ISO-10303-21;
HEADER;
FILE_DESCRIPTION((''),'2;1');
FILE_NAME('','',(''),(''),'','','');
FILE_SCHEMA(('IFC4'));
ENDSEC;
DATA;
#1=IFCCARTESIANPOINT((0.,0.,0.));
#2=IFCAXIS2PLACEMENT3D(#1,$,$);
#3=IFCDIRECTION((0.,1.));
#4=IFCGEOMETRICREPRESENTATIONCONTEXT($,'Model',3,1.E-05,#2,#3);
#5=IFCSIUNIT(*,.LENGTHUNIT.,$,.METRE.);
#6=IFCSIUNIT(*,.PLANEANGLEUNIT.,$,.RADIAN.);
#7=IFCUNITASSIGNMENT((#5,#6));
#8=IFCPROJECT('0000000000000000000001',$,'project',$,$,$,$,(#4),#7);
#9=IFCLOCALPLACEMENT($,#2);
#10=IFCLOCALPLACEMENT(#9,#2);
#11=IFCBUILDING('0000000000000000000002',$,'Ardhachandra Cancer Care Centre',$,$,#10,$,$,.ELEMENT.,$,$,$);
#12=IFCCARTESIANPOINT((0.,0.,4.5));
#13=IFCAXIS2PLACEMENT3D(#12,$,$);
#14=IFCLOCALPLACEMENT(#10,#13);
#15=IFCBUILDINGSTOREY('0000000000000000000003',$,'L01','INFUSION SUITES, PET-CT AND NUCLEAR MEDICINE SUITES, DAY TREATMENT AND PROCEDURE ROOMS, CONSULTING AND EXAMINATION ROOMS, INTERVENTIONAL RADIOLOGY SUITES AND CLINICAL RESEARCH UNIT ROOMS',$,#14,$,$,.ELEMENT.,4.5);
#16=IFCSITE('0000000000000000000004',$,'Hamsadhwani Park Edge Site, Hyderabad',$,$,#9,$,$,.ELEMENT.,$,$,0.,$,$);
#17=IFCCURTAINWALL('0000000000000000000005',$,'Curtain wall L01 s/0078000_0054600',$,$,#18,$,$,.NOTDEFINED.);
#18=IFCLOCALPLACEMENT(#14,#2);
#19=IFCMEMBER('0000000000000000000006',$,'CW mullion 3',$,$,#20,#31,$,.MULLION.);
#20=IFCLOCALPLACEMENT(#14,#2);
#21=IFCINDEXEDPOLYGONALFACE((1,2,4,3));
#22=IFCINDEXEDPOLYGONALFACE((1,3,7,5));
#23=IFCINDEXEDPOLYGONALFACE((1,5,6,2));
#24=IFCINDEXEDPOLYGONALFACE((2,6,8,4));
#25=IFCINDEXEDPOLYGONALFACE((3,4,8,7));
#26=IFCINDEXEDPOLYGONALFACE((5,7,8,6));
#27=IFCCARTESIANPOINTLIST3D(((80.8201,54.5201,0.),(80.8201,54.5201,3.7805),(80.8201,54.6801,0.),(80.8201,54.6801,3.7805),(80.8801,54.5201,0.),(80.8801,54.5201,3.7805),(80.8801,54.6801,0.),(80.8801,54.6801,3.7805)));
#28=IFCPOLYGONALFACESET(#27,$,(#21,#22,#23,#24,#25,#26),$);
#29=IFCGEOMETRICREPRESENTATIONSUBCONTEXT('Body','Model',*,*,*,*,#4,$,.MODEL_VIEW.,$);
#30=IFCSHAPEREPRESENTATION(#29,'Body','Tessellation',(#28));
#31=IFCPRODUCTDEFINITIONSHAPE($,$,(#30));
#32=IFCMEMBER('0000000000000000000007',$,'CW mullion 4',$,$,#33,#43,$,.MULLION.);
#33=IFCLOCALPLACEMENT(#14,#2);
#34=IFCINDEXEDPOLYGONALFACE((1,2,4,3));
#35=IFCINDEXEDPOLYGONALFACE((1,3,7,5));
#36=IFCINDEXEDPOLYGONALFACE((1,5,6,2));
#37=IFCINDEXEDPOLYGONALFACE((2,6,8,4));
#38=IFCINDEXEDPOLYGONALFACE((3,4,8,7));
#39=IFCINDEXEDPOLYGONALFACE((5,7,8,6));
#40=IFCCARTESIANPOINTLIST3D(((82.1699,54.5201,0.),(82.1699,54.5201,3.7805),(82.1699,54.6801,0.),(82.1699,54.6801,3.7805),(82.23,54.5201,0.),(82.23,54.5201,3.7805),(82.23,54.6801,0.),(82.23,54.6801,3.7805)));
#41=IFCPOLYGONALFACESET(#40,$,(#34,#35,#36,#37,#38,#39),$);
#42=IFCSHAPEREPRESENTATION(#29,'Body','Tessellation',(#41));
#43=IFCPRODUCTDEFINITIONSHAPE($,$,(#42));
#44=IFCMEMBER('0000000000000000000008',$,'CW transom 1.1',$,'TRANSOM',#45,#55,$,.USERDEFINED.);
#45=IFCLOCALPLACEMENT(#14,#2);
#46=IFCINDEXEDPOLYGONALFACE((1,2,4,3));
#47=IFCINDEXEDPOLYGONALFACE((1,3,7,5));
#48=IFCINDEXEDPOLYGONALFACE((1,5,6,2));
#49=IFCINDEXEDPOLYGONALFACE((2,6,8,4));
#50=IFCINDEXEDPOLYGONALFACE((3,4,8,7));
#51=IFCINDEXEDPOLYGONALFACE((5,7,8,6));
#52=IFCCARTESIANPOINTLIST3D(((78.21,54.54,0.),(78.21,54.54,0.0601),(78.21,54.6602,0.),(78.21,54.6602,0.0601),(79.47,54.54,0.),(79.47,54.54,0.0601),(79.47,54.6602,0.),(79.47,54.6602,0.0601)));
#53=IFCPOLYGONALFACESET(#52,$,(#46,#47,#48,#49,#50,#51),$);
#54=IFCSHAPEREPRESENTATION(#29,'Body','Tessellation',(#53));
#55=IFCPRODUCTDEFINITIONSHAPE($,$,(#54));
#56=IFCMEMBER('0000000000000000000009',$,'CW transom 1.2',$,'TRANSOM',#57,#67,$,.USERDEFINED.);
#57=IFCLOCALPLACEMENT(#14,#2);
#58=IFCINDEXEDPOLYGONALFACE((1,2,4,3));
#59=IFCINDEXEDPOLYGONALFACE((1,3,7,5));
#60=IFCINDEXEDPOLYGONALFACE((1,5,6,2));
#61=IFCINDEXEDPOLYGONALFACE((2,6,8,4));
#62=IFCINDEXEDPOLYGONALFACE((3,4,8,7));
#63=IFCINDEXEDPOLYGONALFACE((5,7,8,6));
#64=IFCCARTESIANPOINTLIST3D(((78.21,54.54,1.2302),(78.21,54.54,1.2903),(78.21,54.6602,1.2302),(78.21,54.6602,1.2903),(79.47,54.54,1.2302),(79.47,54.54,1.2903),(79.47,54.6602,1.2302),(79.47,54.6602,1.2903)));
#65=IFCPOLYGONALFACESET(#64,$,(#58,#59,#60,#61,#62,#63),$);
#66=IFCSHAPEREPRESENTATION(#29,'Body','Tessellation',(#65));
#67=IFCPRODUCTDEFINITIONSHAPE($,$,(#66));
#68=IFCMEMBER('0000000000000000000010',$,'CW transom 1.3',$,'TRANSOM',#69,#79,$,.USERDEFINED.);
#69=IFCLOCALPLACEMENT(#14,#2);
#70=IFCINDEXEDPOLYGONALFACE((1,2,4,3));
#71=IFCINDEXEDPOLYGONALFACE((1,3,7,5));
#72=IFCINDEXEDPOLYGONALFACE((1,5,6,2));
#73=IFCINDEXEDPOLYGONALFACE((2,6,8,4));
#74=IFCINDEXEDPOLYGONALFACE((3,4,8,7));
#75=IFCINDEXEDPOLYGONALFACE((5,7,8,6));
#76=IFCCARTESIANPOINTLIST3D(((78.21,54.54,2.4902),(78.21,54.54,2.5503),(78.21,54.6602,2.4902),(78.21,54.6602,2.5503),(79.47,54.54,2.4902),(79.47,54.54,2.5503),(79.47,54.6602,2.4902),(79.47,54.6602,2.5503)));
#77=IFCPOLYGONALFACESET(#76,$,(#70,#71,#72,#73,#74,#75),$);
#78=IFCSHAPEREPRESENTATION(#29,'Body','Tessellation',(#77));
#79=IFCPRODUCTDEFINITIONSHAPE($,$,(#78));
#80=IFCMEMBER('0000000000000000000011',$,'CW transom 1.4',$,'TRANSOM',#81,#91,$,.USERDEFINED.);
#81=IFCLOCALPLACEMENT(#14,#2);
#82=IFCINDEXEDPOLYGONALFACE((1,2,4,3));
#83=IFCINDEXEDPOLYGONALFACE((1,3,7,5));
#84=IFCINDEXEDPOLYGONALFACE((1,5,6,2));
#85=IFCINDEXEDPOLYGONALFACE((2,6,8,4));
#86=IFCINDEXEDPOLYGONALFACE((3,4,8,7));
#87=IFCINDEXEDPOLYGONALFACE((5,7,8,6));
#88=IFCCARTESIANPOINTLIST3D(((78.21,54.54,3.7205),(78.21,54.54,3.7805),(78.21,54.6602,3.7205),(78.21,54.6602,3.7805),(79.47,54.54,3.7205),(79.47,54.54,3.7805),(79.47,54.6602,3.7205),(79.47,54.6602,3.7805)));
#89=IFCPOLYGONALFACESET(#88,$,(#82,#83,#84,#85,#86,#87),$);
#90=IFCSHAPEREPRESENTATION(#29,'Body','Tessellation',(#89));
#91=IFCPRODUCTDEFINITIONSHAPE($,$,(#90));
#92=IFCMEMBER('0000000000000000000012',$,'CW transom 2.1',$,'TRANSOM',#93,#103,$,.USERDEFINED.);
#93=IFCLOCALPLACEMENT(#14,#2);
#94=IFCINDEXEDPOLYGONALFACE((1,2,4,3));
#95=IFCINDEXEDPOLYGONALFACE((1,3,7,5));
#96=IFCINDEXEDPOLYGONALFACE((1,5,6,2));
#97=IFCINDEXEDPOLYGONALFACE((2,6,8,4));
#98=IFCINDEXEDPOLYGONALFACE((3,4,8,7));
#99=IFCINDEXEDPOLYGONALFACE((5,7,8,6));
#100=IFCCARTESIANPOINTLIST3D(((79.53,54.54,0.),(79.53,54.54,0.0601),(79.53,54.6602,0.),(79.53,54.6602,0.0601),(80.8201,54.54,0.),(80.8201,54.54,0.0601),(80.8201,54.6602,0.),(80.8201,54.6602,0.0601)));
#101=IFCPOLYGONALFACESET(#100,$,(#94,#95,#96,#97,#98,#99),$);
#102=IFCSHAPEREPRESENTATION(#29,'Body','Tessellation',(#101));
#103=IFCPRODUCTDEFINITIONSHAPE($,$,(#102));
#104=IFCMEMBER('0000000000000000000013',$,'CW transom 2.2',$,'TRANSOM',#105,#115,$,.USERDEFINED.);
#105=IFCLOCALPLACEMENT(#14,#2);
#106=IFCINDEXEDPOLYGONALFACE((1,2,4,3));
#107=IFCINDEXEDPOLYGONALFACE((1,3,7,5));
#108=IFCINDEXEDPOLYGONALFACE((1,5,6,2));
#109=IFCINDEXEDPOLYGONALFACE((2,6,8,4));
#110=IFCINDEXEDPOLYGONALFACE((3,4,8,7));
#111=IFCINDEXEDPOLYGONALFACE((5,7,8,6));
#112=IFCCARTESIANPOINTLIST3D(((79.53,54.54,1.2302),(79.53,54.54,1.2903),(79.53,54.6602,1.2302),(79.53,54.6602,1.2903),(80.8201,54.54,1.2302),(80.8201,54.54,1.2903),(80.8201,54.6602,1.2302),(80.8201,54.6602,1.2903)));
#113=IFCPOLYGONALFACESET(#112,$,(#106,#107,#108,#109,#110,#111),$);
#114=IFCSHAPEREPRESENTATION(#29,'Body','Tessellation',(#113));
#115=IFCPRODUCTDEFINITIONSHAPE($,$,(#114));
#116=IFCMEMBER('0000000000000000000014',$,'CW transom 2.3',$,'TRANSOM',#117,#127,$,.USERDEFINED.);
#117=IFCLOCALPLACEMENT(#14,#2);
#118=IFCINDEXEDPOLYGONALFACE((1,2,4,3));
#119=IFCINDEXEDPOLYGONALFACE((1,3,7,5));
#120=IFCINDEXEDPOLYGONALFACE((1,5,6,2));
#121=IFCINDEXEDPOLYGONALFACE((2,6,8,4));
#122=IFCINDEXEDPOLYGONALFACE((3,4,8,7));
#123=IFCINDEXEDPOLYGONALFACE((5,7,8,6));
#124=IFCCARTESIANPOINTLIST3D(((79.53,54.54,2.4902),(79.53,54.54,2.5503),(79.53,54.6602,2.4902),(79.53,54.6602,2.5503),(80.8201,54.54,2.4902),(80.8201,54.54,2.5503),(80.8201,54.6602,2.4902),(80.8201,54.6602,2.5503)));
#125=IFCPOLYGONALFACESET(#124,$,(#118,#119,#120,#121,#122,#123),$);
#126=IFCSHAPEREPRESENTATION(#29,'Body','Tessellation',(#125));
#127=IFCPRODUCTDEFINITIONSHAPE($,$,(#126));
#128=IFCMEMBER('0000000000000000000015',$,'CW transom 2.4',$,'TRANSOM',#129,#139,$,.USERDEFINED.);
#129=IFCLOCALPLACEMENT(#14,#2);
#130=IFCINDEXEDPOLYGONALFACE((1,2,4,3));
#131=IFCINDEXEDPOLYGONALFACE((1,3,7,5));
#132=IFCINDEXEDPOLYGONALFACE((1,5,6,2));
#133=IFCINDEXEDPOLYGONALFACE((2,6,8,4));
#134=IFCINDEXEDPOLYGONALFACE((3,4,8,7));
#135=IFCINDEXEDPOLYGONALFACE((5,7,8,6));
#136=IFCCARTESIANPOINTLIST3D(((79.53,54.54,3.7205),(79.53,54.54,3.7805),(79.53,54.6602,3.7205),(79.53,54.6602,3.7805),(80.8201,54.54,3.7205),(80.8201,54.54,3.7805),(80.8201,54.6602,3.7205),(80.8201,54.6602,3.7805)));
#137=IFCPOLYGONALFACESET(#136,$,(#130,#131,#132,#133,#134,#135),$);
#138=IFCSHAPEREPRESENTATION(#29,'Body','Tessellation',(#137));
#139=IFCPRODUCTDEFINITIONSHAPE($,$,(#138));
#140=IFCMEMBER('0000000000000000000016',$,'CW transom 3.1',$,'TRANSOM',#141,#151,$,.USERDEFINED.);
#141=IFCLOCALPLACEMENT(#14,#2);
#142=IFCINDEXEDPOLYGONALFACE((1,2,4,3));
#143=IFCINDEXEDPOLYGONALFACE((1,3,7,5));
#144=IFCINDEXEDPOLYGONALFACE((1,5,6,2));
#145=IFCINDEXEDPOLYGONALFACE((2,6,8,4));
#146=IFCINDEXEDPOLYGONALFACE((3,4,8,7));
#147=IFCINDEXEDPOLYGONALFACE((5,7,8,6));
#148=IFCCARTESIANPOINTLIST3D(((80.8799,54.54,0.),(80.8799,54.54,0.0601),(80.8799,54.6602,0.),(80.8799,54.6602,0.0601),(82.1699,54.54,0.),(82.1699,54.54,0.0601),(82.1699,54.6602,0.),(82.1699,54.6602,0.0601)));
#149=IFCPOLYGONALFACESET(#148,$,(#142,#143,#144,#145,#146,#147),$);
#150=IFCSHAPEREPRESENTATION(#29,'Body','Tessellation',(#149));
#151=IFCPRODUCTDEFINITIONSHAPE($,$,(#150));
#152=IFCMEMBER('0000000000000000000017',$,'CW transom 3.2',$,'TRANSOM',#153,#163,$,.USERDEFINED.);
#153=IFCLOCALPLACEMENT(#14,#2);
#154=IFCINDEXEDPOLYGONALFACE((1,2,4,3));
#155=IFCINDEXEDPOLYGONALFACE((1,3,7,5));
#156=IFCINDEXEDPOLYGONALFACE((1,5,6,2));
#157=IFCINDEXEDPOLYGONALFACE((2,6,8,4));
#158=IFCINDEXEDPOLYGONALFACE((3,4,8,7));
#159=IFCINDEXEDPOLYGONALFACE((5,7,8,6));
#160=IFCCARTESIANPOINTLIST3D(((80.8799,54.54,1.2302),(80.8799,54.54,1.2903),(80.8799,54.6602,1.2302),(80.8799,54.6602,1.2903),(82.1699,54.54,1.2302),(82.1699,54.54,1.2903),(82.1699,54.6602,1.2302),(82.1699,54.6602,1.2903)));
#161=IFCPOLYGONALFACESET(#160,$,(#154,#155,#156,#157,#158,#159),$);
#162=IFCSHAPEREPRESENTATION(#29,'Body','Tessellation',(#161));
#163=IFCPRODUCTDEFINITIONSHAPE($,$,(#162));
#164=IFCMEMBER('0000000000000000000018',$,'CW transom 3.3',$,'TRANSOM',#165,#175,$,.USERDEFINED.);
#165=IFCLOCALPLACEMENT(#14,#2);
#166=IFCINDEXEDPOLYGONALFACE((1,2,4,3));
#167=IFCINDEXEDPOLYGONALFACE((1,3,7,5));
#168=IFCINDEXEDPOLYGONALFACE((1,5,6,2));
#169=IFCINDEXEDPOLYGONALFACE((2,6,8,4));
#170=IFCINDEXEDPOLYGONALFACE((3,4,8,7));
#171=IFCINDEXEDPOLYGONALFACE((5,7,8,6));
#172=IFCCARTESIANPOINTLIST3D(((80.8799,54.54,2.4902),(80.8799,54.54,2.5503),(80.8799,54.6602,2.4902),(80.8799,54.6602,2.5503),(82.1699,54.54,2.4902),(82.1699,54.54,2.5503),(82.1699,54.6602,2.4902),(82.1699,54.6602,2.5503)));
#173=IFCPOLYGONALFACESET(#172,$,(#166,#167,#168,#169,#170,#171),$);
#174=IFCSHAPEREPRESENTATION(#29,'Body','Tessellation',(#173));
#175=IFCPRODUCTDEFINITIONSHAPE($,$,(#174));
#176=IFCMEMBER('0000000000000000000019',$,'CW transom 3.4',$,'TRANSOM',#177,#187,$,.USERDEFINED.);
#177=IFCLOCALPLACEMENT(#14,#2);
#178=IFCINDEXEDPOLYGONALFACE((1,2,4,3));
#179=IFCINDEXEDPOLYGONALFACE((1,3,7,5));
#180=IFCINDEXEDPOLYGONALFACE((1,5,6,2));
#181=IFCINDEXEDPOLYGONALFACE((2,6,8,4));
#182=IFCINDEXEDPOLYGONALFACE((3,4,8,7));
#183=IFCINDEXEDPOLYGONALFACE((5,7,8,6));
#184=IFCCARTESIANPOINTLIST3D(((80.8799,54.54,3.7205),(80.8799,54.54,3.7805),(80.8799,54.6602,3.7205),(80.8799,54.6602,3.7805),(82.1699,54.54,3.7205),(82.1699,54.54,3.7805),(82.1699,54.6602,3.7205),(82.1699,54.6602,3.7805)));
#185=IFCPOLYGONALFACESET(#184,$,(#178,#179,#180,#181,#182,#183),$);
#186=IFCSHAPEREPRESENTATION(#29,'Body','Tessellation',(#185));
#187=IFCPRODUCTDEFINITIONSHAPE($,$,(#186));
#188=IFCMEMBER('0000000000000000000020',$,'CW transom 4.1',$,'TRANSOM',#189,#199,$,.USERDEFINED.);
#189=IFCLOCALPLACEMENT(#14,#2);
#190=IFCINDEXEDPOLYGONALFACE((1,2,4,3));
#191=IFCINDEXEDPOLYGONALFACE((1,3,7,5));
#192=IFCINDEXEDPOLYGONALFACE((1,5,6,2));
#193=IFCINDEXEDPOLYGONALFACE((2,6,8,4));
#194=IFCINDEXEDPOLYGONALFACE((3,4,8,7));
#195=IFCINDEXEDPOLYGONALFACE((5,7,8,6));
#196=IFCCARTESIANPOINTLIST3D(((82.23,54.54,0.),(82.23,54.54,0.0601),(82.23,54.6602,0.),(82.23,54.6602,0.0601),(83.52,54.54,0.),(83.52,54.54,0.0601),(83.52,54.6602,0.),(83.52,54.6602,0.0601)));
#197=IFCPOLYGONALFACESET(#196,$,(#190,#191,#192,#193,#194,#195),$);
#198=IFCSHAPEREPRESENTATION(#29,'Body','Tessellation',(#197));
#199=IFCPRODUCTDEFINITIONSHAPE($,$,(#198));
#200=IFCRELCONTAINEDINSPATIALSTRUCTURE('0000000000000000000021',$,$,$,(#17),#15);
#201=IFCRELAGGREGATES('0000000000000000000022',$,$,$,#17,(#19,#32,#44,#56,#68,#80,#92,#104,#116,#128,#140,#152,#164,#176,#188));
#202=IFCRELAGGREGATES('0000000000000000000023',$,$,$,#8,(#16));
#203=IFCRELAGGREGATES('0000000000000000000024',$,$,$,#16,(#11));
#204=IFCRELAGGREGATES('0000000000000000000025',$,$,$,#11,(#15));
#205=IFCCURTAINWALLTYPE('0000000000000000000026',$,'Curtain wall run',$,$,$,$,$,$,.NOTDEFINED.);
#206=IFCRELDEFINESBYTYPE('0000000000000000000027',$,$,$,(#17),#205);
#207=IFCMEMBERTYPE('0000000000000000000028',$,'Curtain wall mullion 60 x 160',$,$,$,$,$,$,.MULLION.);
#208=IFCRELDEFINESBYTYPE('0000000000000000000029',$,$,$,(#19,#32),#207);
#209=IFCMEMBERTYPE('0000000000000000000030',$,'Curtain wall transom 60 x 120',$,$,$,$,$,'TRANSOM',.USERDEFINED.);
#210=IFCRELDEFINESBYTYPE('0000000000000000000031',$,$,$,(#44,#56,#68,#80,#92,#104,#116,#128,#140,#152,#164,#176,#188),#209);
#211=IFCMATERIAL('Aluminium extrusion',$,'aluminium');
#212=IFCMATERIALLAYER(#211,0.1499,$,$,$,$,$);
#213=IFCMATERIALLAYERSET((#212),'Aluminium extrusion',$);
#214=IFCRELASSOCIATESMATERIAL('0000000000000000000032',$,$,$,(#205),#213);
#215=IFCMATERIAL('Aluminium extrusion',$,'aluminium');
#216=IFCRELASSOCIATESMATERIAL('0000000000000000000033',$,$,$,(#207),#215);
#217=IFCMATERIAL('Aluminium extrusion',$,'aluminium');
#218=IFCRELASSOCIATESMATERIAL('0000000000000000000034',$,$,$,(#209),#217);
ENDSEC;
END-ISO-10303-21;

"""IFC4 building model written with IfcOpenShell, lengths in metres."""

from ifc_helpers import new_model, si_unit, direction, frame, origin, origin_2d, place, context, subcontext, project, spatial, rectangle, extrude, material, layer, layer_set, material_profile, profile_set, type_object, element, aggregate, save


model = new_model("IFC4")

# Units and contexts
model_context = context("Model", 3, precision=1e-05, world=origin(), true_north=direction((0.0, 1.0)))
body_context = subcontext(model_context, "Body", "Model", "MODEL_VIEW")
ifc_project = project(units=[si_unit("LENGTHUNIT", "METRE"), si_unit("PLANEANGLEUNIT", "RADIAN")], contexts=[model_context])

# Site, building, storey
site_placement = place(None, origin())
site = spatial("IfcSite", under=ifc_project, at=site_placement, Name="Hamsadhwani Park Edge Site, Hyderabad", CompositionType="ELEMENT", RefElevation=0.0)
building_placement = place(site_placement, origin())
building = spatial("IfcBuilding", under=site, at=building_placement, Name="Ardhachandra Cancer Care Centre", CompositionType="ELEMENT")
storey_placement = place(building_placement, frame((0.0, 0.0, 4.5)))
storey = spatial("IfcBuildingStorey", under=building, at=storey_placement, Name="L01", Description="INFUSION SUITES, PET-CT AND NUCLEAR MEDICINE SUITES, DAY TREATMENT AND PROCEDURE ROOMS, CONSULTING AND EXAMINATION ROOMS, INTERVENTIONAL RADIOLOGY SUITES AND CLINICAL RESEARCH UNIT ROOMS", CompositionType="ELEMENT", Elevation=4.5)

# Shared definitions
ifc_material_1 = material(Name="Aluminium extrusion", Category="aluminium")
ifc_layer_1 = layer(ifc_material_1, 0.1499)
ifc_layer_set_1 = layer_set([ifc_layer_1], Name="Aluminium extrusion")
curtain_wall_type = type_object("IfcCurtainWallType", Name="Curtain wall run", PredefinedType="NOTDEFINED", material=ifc_layer_set_1)
ifc_material_2 = material(Name="Aluminium extrusion", Category="aluminium")
ifc_material_profile_1 = material_profile(ifc_material_2, rectangle(XDim=0.1599, YDim=0.0601, at=origin_2d()), Name="Curtain wall mullion 60 x 160")
ifc_profile_set_1 = profile_set([ifc_material_profile_1], Name="Aluminium extrusion")
member_type_1 = type_object("IfcMemberType", Name="Curtain wall mullion 60 x 160", PredefinedType="MULLION", material=ifc_profile_set_1)

# Curtain wall, members
curtain_wall_1_placement = place(storey_placement, origin())
curtain_wall_1 = element("IfcCurtainWall", 1, at=curtain_wall_1_placement, inside=storey, type_object=curtain_wall_type, Name="Curtain wall L01 s/0078000_0054600", PredefinedType="NOTDEFINED")
member_1_placement = place(storey_placement, frame((80.8501, 54.6001, 0.0), z_axis=(0.0, 0.0, 1.0), x_axis=(0.0, 1.0, 0.0)))
member_1 = element("IfcMember", 2, at=member_1_placement, type_object=member_type_1, Name="CW mullion 3", PredefinedType="MULLION", context=body_context, shape_type="SweptSolid", body=[
    extrude(rectangle(XDim=0.1599, YDim=0.0601, at=origin_2d()), origin(), (0.0, 0.0, 1.0), 3.7805),
])
member_2_placement = place(storey_placement, frame((82.2, 54.6001, 0.0), z_axis=(0.0, 0.0, 1.0), x_axis=(0.0, 1.0, 0.0)))
member_2 = element("IfcMember", 3, at=member_2_placement, type_object=member_type_1, Name="CW mullion 4", PredefinedType="MULLION", context=body_context, shape_type="SweptSolid", body=[
    extrude(rectangle(XDim=0.1599, YDim=0.0601, at=origin_2d()), origin(), (0.0, 0.0, 1.0), 3.7805),
])
ifc_material_3 = material(Name="Aluminium extrusion", Category="aluminium")
ifc_material_profile_2 = material_profile(ifc_material_3, rectangle(XDim=0.1201, YDim=0.0601, at=origin_2d()), Name="Curtain wall transom 60 x 120")
ifc_profile_set_2 = profile_set([ifc_material_profile_2], Name="Aluminium extrusion")
member_type_2 = type_object("IfcMemberType", Name="Curtain wall transom 60 x 120", ElementType="TRANSOM", PredefinedType="USERDEFINED", material=ifc_profile_set_2)
member_3_placement = place(storey_placement, frame((78.21, 54.6001, 0.03), z_axis=(1.0, 0.0, 0.0), x_axis=(0.0, 1.0, 0.0)))
member_3 = element("IfcMember", 4, at=member_3_placement, type_object=member_type_2, Name="CW transom 1.1", ObjectType="TRANSOM", PredefinedType="USERDEFINED", context=body_context, shape_type="SweptSolid", body=[
    extrude(rectangle(XDim=0.1201, YDim=0.0601, at=origin_2d()), origin(), (0.0, 0.0, 1.0), 1.26),
])
member_4_placement = place(storey_placement, frame((78.21, 54.6001, 1.2603), z_axis=(1.0, 0.0, 0.0), x_axis=(0.0, 1.0, 0.0)))
member_4 = element("IfcMember", 5, at=member_4_placement, type_object=member_type_2, Name="CW transom 1.2", ObjectType="TRANSOM", PredefinedType="USERDEFINED", context=body_context, shape_type="SweptSolid", body=[
    extrude(rectangle(XDim=0.1201, YDim=0.0601, at=origin_2d()), origin(), (0.0, 0.0, 1.0), 1.26),
])
member_5_placement = place(storey_placement, frame((78.21, 54.6001, 2.5203), z_axis=(1.0, 0.0, 0.0), x_axis=(0.0, 1.0, 0.0)))
member_5 = element("IfcMember", 6, at=member_5_placement, type_object=member_type_2, Name="CW transom 1.3", ObjectType="TRANSOM", PredefinedType="USERDEFINED", context=body_context, shape_type="SweptSolid", body=[
    extrude(rectangle(XDim=0.1201, YDim=0.0601, at=origin_2d()), origin(), (0.0, 0.0, 1.0), 1.26),
])
member_6_placement = place(storey_placement, frame((78.21, 54.6001, 3.7505), z_axis=(1.0, 0.0, 0.0), x_axis=(0.0, 1.0, 0.0)))
member_6 = element("IfcMember", 7, at=member_6_placement, type_object=member_type_2, Name="CW transom 1.4", ObjectType="TRANSOM", PredefinedType="USERDEFINED", context=body_context, shape_type="SweptSolid", body=[
    extrude(rectangle(XDim=0.1201, YDim=0.0601, at=origin_2d()), origin(), (0.0, 0.0, 1.0), 1.26),
])
member_7_placement = place(storey_placement, frame((79.53, 54.6001, 0.03), z_axis=(1.0, 0.0, 0.0), x_axis=(0.0, 1.0, 0.0)))
member_7 = element("IfcMember", 8, at=member_7_placement, type_object=member_type_2, Name="CW transom 2.1", ObjectType="TRANSOM", PredefinedType="USERDEFINED", context=body_context, shape_type="SweptSolid", body=[
    extrude(rectangle(XDim=0.1201, YDim=0.0601, at=origin_2d()), origin(), (0.0, 0.0, 1.0), 1.29),
])
member_8_placement = place(storey_placement, frame((79.53, 54.6001, 1.2603), z_axis=(1.0, 0.0, 0.0), x_axis=(0.0, 1.0, 0.0)))
member_8 = element("IfcMember", 9, at=member_8_placement, type_object=member_type_2, Name="CW transom 2.2", ObjectType="TRANSOM", PredefinedType="USERDEFINED", context=body_context, shape_type="SweptSolid", body=[
    extrude(rectangle(XDim=0.1201, YDim=0.0601, at=origin_2d()), origin(), (0.0, 0.0, 1.0), 1.29),
])
member_9_placement = place(storey_placement, frame((79.53, 54.6001, 2.5203), z_axis=(1.0, 0.0, 0.0), x_axis=(0.0, 1.0, 0.0)))
member_9 = element("IfcMember", 10, at=member_9_placement, type_object=member_type_2, Name="CW transom 2.3", ObjectType="TRANSOM", PredefinedType="USERDEFINED", context=body_context, shape_type="SweptSolid", body=[
    extrude(rectangle(XDim=0.1201, YDim=0.0601, at=origin_2d()), origin(), (0.0, 0.0, 1.0), 1.29),
])
member_10_placement = place(storey_placement, frame((79.53, 54.6001, 3.7505), z_axis=(1.0, 0.0, 0.0), x_axis=(0.0, 1.0, 0.0)))
member_10 = element("IfcMember", 11, at=member_10_placement, type_object=member_type_2, Name="CW transom 2.4", ObjectType="TRANSOM", PredefinedType="USERDEFINED", context=body_context, shape_type="SweptSolid", body=[
    extrude(rectangle(XDim=0.1201, YDim=0.0601, at=origin_2d()), origin(), (0.0, 0.0, 1.0), 1.29),
])
member_11_placement = place(storey_placement, frame((80.8799, 54.6001, 0.03), z_axis=(1.0, 0.0, 0.0), x_axis=(0.0, 1.0, 0.0)))
member_11 = element("IfcMember", 12, at=member_11_placement, type_object=member_type_2, Name="CW transom 3.1", ObjectType="TRANSOM", PredefinedType="USERDEFINED", context=body_context, shape_type="SweptSolid", body=[
    extrude(rectangle(XDim=0.1201, YDim=0.0601, at=origin_2d()), origin(), (0.0, 0.0, 1.0), 1.29),
])
member_12_placement = place(storey_placement, frame((80.8799, 54.6001, 1.2603), z_axis=(1.0, 0.0, 0.0), x_axis=(0.0, 1.0, 0.0)))
member_12 = element("IfcMember", 13, at=member_12_placement, type_object=member_type_2, Name="CW transom 3.2", ObjectType="TRANSOM", PredefinedType="USERDEFINED", context=body_context, shape_type="SweptSolid", body=[
    extrude(rectangle(XDim=0.1201, YDim=0.0601, at=origin_2d()), origin(), (0.0, 0.0, 1.0), 1.29),
])
member_13_placement = place(storey_placement, frame((80.8799, 54.6001, 2.5203), z_axis=(1.0, 0.0, 0.0), x_axis=(0.0, 1.0, 0.0)))
member_13 = element("IfcMember", 14, at=member_13_placement, type_object=member_type_2, Name="CW transom 3.3", ObjectType="TRANSOM", PredefinedType="USERDEFINED", context=body_context, shape_type="SweptSolid", body=[
    extrude(rectangle(XDim=0.1201, YDim=0.0601, at=origin_2d()), origin(), (0.0, 0.0, 1.0), 1.29),
])
member_14_placement = place(storey_placement, frame((80.8799, 54.6001, 3.7505), z_axis=(1.0, 0.0, 0.0), x_axis=(0.0, 1.0, 0.0)))
member_14 = element("IfcMember", 15, at=member_14_placement, type_object=member_type_2, Name="CW transom 3.4", ObjectType="TRANSOM", PredefinedType="USERDEFINED", context=body_context, shape_type="SweptSolid", body=[
    extrude(rectangle(XDim=0.1201, YDim=0.0601, at=origin_2d()), origin(), (0.0, 0.0, 1.0), 1.29),
])
member_15_placement = place(storey_placement, frame((82.23, 54.6001, 0.03), z_axis=(1.0, 0.0, 0.0), x_axis=(0.0, 1.0, 0.0)))
member_15 = element("IfcMember", 16, at=member_15_placement, type_object=member_type_2, Name="CW transom 4.1", ObjectType="TRANSOM", PredefinedType="USERDEFINED", context=body_context, shape_type="SweptSolid", body=[
    extrude(rectangle(XDim=0.1201, YDim=0.0601, at=origin_2d()), origin(), (0.0, 0.0, 1.0), 1.29),
])

aggregate(curtain_wall_1, [member_1, member_2, member_3, member_4, member_5, member_6, member_7, member_8, member_9, member_10, member_11, member_12, member_13, member_14, member_15])

save(model, "model.ifc")
